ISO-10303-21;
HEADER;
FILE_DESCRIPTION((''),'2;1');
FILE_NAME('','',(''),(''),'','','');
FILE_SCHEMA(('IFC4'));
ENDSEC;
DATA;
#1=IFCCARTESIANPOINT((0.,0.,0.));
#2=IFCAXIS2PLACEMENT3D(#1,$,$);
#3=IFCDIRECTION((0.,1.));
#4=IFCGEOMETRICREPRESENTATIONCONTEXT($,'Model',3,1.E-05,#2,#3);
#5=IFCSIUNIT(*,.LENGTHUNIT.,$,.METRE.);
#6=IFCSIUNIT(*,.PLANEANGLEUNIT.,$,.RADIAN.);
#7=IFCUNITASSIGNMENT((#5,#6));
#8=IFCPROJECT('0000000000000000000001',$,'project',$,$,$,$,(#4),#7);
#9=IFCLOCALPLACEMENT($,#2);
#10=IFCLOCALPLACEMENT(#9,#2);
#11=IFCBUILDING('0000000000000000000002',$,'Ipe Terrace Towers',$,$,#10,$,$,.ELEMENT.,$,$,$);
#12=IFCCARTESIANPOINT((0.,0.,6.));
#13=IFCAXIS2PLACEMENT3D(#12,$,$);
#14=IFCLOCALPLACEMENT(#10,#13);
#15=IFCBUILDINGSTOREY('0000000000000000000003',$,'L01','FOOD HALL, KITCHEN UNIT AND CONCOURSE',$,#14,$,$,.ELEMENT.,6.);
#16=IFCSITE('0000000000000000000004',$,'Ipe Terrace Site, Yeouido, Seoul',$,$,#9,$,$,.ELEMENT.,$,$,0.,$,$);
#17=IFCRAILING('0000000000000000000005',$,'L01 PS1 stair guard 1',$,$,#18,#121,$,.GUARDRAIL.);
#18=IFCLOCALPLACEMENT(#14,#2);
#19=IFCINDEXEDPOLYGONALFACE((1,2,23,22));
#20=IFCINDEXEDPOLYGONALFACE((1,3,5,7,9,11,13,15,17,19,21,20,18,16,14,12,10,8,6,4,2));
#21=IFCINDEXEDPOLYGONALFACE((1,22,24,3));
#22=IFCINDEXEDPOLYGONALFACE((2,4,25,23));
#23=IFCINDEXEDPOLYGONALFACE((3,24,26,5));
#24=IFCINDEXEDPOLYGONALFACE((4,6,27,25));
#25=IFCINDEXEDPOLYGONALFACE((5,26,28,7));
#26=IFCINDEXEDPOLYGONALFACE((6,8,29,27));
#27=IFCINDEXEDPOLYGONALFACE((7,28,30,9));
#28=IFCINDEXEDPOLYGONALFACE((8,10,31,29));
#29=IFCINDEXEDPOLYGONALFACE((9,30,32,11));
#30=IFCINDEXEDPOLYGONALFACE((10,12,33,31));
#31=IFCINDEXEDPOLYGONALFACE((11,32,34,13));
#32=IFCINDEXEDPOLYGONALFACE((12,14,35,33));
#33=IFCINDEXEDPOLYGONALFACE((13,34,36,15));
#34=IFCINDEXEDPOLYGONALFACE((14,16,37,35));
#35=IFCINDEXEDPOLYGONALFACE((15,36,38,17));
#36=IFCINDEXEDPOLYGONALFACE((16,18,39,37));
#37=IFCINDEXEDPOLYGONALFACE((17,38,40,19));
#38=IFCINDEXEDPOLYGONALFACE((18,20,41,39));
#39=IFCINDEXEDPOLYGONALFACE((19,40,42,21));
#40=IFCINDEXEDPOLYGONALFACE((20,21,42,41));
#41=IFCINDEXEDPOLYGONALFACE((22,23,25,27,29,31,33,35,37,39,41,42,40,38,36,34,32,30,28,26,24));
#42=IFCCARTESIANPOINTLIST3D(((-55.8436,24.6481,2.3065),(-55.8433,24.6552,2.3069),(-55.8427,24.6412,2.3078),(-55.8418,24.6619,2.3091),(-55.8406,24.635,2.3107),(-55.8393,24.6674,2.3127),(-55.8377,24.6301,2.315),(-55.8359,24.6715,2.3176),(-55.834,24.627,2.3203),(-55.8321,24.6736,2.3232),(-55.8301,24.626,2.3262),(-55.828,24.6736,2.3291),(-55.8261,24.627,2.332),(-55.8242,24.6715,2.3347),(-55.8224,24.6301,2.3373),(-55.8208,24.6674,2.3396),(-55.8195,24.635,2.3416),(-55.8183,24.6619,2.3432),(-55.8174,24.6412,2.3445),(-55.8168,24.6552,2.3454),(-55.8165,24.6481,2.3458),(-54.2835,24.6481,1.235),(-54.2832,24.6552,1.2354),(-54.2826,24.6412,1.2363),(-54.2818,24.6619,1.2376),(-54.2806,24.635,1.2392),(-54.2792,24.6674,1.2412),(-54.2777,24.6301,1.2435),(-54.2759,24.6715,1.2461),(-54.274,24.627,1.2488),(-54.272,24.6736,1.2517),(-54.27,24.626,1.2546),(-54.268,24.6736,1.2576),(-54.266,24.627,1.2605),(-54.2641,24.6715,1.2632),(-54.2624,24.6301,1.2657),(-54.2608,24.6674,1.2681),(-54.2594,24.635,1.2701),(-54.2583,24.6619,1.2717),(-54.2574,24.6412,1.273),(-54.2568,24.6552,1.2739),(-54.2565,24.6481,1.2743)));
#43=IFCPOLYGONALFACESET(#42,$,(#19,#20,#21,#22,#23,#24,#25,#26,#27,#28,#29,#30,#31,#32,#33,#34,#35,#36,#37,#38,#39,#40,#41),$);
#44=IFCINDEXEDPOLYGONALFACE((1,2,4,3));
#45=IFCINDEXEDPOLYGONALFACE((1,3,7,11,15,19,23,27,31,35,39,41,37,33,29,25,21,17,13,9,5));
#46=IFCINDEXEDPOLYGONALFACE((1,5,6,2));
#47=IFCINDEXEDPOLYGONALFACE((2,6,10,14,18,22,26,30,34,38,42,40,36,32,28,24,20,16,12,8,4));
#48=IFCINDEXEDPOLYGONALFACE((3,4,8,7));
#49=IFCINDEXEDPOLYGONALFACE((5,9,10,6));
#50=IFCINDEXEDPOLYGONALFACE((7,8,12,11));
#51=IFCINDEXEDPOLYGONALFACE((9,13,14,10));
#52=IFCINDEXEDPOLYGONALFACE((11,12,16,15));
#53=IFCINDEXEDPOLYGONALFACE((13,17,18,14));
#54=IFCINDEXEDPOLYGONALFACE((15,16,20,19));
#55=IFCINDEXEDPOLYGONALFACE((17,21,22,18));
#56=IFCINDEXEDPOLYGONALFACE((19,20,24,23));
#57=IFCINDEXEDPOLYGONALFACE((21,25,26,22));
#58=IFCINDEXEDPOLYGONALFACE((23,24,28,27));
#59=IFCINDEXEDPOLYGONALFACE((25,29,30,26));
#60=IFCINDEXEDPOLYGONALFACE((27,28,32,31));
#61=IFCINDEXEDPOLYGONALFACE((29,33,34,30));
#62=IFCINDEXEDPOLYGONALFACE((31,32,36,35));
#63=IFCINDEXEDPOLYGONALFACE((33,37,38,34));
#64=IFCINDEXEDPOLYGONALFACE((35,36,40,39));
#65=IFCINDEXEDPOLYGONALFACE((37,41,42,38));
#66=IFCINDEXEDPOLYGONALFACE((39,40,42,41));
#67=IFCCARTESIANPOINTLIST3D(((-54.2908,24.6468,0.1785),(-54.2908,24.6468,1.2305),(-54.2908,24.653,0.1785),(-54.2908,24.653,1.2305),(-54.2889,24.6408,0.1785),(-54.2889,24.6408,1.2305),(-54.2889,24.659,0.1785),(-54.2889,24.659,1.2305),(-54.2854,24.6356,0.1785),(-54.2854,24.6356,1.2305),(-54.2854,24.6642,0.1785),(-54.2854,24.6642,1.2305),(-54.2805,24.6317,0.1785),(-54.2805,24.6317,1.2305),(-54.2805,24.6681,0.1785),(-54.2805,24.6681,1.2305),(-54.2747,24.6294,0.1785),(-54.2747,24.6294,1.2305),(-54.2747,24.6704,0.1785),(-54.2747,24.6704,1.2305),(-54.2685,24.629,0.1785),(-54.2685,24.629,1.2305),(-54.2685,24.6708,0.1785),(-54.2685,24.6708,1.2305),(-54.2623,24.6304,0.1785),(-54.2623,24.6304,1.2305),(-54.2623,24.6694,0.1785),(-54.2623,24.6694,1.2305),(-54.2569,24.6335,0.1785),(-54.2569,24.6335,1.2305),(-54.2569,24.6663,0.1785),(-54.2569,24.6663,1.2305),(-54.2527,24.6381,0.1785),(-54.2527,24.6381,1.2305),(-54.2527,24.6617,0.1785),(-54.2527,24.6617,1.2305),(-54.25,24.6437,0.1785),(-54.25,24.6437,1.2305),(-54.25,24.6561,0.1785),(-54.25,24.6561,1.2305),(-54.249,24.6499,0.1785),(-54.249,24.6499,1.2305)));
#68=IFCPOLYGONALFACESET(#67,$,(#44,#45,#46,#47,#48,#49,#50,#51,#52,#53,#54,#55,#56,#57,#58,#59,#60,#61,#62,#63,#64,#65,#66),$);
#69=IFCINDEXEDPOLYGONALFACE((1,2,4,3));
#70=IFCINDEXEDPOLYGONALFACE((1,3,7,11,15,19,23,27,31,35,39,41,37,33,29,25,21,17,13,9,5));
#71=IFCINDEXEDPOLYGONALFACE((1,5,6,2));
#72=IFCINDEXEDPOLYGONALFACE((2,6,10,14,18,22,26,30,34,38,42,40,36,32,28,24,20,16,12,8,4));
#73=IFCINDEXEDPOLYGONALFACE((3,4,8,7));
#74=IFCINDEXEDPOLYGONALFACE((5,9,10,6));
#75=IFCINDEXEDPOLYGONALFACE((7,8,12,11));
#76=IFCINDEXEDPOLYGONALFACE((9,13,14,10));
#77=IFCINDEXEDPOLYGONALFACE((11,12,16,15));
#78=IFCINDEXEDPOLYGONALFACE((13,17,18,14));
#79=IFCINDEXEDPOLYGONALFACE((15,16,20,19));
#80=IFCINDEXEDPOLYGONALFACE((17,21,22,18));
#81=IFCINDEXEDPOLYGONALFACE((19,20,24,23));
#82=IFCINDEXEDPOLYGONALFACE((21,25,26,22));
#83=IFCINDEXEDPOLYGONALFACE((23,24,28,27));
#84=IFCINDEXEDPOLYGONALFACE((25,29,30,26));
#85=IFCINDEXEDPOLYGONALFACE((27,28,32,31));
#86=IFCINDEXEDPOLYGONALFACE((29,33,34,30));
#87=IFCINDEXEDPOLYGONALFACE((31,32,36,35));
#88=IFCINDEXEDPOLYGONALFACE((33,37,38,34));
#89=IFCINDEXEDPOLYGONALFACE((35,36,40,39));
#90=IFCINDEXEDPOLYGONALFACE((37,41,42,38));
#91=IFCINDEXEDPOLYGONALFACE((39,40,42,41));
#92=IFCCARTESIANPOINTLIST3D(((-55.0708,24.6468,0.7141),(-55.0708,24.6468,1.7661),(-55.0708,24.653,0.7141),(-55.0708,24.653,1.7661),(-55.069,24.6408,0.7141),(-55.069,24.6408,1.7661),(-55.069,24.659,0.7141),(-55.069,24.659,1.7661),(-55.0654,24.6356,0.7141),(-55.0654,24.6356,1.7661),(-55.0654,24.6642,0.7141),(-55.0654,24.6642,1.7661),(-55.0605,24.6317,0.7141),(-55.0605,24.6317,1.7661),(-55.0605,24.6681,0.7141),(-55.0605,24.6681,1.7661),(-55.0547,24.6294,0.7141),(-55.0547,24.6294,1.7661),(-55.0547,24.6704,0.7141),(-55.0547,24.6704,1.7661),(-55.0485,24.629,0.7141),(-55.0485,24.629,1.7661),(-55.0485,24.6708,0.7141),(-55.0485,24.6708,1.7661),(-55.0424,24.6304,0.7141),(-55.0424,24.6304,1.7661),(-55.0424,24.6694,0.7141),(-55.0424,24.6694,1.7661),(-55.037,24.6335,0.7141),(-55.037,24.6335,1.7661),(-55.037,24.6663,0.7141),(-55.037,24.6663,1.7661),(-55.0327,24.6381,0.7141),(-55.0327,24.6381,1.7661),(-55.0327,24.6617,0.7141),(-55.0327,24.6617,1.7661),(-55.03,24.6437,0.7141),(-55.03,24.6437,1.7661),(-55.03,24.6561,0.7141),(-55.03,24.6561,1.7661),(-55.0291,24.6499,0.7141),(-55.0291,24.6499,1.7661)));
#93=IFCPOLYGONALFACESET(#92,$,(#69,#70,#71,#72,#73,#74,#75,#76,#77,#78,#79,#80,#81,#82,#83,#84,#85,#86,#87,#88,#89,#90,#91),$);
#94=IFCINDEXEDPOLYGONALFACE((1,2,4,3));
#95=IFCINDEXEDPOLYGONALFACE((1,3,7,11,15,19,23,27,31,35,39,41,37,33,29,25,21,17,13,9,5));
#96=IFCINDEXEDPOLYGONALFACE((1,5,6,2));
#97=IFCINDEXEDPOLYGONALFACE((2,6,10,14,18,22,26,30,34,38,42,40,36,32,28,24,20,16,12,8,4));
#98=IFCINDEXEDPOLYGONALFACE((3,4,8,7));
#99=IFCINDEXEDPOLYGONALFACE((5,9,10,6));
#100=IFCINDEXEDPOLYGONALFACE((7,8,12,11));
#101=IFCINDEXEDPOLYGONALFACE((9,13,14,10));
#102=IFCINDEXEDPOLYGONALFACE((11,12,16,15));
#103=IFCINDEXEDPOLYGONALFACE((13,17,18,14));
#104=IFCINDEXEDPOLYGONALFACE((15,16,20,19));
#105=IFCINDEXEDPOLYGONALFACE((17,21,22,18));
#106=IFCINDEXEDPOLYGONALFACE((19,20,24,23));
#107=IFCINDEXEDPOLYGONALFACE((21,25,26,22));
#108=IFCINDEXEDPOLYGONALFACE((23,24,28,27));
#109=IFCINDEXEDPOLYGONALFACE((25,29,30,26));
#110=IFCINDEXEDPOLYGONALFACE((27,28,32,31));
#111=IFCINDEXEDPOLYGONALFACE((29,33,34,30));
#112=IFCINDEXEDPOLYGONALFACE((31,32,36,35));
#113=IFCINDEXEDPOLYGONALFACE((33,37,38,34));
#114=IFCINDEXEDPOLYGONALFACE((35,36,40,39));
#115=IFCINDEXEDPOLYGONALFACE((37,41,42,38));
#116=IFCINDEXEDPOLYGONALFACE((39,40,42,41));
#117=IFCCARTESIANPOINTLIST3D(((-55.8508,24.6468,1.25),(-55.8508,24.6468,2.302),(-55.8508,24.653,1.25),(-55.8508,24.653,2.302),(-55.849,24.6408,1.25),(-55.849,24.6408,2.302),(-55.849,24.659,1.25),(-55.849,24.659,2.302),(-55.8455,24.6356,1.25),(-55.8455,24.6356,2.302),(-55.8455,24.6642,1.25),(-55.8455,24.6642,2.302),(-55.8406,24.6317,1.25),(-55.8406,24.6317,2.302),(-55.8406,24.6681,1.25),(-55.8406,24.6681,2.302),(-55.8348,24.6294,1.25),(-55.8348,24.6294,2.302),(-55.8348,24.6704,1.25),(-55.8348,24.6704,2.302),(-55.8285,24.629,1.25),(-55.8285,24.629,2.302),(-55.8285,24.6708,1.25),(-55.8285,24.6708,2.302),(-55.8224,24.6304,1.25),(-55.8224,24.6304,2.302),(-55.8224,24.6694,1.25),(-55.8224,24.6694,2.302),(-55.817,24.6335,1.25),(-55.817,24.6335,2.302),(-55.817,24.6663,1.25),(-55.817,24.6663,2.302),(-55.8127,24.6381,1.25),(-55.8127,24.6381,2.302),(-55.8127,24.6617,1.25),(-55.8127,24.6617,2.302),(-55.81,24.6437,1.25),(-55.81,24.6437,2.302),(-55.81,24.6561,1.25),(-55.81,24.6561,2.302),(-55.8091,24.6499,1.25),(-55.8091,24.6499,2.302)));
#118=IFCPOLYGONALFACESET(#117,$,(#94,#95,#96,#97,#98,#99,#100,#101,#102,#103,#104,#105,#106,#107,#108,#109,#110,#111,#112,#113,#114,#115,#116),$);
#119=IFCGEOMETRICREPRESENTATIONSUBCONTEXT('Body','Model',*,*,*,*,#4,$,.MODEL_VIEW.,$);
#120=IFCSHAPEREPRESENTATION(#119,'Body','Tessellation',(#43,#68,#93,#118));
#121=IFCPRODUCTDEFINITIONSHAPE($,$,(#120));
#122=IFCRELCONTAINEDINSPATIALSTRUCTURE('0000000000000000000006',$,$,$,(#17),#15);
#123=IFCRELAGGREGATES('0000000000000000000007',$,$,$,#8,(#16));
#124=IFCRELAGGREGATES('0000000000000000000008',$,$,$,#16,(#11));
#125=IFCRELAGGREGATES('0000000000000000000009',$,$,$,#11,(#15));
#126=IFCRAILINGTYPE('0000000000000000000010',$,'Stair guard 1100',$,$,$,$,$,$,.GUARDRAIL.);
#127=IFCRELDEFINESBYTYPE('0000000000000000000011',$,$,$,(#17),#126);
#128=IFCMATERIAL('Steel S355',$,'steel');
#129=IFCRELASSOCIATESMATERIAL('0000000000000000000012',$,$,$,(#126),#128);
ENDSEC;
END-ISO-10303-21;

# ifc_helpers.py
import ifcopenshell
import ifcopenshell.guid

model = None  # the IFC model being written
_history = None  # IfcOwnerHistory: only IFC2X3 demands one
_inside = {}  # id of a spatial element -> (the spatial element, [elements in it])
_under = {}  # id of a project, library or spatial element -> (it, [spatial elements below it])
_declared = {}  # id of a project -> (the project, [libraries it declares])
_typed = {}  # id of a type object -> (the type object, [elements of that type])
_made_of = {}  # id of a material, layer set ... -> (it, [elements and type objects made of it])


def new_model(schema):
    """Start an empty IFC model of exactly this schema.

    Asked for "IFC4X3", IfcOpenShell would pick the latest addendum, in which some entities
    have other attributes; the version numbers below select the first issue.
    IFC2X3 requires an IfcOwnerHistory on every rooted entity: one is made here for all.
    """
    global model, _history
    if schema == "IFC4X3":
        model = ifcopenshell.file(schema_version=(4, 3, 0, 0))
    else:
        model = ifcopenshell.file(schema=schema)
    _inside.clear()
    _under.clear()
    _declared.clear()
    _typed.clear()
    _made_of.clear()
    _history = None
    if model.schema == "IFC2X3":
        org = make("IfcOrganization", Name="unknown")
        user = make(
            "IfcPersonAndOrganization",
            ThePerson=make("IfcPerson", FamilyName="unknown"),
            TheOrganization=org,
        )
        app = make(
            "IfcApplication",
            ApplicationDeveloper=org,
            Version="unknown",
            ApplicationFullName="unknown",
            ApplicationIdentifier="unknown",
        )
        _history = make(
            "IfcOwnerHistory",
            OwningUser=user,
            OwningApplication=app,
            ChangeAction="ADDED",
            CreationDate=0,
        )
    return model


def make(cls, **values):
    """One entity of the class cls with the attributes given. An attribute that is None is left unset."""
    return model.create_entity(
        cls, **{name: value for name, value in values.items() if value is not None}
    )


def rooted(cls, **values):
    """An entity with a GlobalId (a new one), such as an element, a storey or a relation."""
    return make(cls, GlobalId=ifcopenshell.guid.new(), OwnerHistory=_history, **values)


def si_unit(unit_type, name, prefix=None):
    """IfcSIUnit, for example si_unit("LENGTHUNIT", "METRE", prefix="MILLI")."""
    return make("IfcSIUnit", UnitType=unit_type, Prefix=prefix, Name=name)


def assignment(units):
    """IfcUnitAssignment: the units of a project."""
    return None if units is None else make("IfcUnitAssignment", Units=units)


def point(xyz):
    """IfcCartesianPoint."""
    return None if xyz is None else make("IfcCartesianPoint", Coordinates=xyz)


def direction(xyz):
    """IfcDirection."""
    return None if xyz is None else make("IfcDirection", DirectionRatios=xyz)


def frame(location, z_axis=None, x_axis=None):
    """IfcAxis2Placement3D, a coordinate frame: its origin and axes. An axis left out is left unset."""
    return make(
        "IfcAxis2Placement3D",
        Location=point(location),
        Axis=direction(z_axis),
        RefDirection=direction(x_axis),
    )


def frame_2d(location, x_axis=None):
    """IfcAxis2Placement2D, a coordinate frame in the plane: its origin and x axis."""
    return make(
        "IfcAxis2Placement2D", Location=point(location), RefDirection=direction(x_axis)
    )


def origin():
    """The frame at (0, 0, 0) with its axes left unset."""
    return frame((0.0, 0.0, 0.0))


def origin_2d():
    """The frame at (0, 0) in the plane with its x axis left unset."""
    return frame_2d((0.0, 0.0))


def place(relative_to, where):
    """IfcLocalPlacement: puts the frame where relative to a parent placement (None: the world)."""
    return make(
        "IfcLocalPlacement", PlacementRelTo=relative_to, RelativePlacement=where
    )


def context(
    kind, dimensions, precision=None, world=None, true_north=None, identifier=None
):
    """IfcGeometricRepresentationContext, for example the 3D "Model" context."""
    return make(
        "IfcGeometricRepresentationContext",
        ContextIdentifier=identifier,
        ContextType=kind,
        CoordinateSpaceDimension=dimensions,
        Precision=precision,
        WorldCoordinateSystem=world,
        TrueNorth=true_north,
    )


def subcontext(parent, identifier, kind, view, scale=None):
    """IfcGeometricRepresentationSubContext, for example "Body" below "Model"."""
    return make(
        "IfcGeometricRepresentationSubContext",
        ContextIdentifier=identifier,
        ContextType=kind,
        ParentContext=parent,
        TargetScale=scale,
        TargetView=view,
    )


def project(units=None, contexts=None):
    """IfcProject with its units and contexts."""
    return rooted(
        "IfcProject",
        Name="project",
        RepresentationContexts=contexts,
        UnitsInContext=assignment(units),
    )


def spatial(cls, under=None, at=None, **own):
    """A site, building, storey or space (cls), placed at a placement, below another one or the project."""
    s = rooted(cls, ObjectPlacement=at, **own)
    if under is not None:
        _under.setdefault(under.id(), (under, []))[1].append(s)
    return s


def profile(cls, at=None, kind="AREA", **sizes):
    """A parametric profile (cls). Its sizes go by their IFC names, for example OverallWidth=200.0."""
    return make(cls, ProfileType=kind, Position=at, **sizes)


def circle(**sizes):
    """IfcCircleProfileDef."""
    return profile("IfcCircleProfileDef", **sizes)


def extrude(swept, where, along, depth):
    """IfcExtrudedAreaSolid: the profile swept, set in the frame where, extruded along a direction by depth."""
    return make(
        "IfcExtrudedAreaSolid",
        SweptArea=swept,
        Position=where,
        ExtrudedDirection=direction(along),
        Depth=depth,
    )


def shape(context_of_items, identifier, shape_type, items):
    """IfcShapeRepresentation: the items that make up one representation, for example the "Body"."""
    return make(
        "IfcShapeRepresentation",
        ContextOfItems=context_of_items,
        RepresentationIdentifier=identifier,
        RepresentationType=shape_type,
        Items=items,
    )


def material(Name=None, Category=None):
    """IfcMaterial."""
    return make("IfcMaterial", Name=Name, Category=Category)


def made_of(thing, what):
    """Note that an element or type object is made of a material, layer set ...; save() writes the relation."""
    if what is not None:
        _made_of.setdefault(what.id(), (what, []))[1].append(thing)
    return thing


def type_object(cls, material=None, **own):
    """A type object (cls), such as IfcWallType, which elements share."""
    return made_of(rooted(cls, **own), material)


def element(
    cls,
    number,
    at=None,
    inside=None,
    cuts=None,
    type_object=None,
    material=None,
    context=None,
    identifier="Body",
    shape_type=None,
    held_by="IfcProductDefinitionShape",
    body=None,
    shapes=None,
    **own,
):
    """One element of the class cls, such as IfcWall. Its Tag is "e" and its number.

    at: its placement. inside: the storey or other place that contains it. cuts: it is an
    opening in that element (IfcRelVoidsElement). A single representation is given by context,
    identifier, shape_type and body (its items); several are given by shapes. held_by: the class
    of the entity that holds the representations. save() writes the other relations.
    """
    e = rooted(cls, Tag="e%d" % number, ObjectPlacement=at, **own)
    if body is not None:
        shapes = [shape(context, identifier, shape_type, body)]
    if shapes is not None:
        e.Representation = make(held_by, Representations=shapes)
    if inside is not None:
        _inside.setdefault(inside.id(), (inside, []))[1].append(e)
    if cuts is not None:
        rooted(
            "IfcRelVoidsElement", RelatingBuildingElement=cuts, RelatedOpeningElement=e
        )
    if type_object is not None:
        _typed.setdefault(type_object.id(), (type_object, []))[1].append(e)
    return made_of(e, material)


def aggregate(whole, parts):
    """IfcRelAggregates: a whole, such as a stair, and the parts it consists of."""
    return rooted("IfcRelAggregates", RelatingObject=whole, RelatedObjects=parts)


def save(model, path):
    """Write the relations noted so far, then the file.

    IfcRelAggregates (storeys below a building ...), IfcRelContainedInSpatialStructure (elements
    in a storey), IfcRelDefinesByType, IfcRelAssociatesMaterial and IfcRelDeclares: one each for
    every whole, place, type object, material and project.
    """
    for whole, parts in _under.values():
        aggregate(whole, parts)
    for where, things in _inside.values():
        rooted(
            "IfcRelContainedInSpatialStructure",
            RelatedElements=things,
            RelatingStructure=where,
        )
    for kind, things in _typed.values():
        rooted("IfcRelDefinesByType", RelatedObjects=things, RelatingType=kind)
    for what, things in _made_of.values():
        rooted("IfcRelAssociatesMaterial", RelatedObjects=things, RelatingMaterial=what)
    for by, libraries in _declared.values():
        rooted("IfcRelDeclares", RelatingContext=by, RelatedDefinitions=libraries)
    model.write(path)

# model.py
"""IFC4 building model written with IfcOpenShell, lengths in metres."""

from ifc_helpers import new_model, si_unit, direction, frame, origin, origin_2d, place, context, subcontext, project, spatial, circle, extrude, material, type_object, element, save


model = new_model("IFC4")

# Units and contexts
model_context = context("Model", 3, precision=1e-05, world=origin(), true_north=direction((0.0, 1.0)))
body_context = subcontext(model_context, "Body", "Model", "MODEL_VIEW")
ifc_project = project(units=[si_unit("LENGTHUNIT", "METRE"), si_unit("PLANEANGLEUNIT", "RADIAN")], contexts=[model_context])

# Site, building, storey
site_placement = place(None, origin())
site = spatial("IfcSite", under=ifc_project, at=site_placement, Name="Ipe Terrace Site, Yeouido, Seoul", CompositionType="ELEMENT", RefElevation=0.0)
building_placement = place(site_placement, origin())
building = spatial("IfcBuilding", under=site, at=building_placement, Name="Ipe Terrace Towers", CompositionType="ELEMENT")
storey_placement = place(building_placement, frame((0.0, 0.0, 6.0)))
storey = spatial("IfcBuildingStorey", under=building, at=storey_placement, Name="L01", Description="FOOD HALL, KITCHEN UNIT AND CONCOURSE", CompositionType="ELEMENT", Elevation=6.0)

# Railing
ifc_material_1 = material(Name="Steel S355", Category="steel")
railing_type_1 = type_object("IfcRailingType", Name="Stair guard 1100", PredefinedType="GUARDRAIL", material=ifc_material_1)
railing_1_placement = place(storey_placement, frame((-54.27, 24.6499, 0.1785)))
element("IfcRailing", 1, at=railing_1_placement, inside=storey, type_object=railing_type_1, Name="L01 PS1 stair guard 1", PredefinedType="GUARDRAIL", context=body_context, shape_type="SweptSolid", body=[
    extrude(circle(Radius=0.0239, at=origin_2d()), frame((0.0, 0.0, 1.0762), z_axis=(-0.82429, 0.0, 0.566167), x_axis=(0.0, -1.0, 0.0)), (0.0, 0.0, 1.0), 1.8926),
    extrude(circle(Radius=0.021, at=origin_2d()), origin(), (0.0, 0.0, 1.0), 1.052),
    extrude(circle(Radius=0.021, at=origin_2d()), frame((-0.78, 0.0, 0.5356)), (0.0, 0.0, 1.0), 1.052),
    extrude(circle(Radius=0.021, at=origin_2d()), frame((-1.5601, 0.0, 1.0715)), (0.0, 0.0, 1.0), 1.052),
])

save(model, "model.ifc")
